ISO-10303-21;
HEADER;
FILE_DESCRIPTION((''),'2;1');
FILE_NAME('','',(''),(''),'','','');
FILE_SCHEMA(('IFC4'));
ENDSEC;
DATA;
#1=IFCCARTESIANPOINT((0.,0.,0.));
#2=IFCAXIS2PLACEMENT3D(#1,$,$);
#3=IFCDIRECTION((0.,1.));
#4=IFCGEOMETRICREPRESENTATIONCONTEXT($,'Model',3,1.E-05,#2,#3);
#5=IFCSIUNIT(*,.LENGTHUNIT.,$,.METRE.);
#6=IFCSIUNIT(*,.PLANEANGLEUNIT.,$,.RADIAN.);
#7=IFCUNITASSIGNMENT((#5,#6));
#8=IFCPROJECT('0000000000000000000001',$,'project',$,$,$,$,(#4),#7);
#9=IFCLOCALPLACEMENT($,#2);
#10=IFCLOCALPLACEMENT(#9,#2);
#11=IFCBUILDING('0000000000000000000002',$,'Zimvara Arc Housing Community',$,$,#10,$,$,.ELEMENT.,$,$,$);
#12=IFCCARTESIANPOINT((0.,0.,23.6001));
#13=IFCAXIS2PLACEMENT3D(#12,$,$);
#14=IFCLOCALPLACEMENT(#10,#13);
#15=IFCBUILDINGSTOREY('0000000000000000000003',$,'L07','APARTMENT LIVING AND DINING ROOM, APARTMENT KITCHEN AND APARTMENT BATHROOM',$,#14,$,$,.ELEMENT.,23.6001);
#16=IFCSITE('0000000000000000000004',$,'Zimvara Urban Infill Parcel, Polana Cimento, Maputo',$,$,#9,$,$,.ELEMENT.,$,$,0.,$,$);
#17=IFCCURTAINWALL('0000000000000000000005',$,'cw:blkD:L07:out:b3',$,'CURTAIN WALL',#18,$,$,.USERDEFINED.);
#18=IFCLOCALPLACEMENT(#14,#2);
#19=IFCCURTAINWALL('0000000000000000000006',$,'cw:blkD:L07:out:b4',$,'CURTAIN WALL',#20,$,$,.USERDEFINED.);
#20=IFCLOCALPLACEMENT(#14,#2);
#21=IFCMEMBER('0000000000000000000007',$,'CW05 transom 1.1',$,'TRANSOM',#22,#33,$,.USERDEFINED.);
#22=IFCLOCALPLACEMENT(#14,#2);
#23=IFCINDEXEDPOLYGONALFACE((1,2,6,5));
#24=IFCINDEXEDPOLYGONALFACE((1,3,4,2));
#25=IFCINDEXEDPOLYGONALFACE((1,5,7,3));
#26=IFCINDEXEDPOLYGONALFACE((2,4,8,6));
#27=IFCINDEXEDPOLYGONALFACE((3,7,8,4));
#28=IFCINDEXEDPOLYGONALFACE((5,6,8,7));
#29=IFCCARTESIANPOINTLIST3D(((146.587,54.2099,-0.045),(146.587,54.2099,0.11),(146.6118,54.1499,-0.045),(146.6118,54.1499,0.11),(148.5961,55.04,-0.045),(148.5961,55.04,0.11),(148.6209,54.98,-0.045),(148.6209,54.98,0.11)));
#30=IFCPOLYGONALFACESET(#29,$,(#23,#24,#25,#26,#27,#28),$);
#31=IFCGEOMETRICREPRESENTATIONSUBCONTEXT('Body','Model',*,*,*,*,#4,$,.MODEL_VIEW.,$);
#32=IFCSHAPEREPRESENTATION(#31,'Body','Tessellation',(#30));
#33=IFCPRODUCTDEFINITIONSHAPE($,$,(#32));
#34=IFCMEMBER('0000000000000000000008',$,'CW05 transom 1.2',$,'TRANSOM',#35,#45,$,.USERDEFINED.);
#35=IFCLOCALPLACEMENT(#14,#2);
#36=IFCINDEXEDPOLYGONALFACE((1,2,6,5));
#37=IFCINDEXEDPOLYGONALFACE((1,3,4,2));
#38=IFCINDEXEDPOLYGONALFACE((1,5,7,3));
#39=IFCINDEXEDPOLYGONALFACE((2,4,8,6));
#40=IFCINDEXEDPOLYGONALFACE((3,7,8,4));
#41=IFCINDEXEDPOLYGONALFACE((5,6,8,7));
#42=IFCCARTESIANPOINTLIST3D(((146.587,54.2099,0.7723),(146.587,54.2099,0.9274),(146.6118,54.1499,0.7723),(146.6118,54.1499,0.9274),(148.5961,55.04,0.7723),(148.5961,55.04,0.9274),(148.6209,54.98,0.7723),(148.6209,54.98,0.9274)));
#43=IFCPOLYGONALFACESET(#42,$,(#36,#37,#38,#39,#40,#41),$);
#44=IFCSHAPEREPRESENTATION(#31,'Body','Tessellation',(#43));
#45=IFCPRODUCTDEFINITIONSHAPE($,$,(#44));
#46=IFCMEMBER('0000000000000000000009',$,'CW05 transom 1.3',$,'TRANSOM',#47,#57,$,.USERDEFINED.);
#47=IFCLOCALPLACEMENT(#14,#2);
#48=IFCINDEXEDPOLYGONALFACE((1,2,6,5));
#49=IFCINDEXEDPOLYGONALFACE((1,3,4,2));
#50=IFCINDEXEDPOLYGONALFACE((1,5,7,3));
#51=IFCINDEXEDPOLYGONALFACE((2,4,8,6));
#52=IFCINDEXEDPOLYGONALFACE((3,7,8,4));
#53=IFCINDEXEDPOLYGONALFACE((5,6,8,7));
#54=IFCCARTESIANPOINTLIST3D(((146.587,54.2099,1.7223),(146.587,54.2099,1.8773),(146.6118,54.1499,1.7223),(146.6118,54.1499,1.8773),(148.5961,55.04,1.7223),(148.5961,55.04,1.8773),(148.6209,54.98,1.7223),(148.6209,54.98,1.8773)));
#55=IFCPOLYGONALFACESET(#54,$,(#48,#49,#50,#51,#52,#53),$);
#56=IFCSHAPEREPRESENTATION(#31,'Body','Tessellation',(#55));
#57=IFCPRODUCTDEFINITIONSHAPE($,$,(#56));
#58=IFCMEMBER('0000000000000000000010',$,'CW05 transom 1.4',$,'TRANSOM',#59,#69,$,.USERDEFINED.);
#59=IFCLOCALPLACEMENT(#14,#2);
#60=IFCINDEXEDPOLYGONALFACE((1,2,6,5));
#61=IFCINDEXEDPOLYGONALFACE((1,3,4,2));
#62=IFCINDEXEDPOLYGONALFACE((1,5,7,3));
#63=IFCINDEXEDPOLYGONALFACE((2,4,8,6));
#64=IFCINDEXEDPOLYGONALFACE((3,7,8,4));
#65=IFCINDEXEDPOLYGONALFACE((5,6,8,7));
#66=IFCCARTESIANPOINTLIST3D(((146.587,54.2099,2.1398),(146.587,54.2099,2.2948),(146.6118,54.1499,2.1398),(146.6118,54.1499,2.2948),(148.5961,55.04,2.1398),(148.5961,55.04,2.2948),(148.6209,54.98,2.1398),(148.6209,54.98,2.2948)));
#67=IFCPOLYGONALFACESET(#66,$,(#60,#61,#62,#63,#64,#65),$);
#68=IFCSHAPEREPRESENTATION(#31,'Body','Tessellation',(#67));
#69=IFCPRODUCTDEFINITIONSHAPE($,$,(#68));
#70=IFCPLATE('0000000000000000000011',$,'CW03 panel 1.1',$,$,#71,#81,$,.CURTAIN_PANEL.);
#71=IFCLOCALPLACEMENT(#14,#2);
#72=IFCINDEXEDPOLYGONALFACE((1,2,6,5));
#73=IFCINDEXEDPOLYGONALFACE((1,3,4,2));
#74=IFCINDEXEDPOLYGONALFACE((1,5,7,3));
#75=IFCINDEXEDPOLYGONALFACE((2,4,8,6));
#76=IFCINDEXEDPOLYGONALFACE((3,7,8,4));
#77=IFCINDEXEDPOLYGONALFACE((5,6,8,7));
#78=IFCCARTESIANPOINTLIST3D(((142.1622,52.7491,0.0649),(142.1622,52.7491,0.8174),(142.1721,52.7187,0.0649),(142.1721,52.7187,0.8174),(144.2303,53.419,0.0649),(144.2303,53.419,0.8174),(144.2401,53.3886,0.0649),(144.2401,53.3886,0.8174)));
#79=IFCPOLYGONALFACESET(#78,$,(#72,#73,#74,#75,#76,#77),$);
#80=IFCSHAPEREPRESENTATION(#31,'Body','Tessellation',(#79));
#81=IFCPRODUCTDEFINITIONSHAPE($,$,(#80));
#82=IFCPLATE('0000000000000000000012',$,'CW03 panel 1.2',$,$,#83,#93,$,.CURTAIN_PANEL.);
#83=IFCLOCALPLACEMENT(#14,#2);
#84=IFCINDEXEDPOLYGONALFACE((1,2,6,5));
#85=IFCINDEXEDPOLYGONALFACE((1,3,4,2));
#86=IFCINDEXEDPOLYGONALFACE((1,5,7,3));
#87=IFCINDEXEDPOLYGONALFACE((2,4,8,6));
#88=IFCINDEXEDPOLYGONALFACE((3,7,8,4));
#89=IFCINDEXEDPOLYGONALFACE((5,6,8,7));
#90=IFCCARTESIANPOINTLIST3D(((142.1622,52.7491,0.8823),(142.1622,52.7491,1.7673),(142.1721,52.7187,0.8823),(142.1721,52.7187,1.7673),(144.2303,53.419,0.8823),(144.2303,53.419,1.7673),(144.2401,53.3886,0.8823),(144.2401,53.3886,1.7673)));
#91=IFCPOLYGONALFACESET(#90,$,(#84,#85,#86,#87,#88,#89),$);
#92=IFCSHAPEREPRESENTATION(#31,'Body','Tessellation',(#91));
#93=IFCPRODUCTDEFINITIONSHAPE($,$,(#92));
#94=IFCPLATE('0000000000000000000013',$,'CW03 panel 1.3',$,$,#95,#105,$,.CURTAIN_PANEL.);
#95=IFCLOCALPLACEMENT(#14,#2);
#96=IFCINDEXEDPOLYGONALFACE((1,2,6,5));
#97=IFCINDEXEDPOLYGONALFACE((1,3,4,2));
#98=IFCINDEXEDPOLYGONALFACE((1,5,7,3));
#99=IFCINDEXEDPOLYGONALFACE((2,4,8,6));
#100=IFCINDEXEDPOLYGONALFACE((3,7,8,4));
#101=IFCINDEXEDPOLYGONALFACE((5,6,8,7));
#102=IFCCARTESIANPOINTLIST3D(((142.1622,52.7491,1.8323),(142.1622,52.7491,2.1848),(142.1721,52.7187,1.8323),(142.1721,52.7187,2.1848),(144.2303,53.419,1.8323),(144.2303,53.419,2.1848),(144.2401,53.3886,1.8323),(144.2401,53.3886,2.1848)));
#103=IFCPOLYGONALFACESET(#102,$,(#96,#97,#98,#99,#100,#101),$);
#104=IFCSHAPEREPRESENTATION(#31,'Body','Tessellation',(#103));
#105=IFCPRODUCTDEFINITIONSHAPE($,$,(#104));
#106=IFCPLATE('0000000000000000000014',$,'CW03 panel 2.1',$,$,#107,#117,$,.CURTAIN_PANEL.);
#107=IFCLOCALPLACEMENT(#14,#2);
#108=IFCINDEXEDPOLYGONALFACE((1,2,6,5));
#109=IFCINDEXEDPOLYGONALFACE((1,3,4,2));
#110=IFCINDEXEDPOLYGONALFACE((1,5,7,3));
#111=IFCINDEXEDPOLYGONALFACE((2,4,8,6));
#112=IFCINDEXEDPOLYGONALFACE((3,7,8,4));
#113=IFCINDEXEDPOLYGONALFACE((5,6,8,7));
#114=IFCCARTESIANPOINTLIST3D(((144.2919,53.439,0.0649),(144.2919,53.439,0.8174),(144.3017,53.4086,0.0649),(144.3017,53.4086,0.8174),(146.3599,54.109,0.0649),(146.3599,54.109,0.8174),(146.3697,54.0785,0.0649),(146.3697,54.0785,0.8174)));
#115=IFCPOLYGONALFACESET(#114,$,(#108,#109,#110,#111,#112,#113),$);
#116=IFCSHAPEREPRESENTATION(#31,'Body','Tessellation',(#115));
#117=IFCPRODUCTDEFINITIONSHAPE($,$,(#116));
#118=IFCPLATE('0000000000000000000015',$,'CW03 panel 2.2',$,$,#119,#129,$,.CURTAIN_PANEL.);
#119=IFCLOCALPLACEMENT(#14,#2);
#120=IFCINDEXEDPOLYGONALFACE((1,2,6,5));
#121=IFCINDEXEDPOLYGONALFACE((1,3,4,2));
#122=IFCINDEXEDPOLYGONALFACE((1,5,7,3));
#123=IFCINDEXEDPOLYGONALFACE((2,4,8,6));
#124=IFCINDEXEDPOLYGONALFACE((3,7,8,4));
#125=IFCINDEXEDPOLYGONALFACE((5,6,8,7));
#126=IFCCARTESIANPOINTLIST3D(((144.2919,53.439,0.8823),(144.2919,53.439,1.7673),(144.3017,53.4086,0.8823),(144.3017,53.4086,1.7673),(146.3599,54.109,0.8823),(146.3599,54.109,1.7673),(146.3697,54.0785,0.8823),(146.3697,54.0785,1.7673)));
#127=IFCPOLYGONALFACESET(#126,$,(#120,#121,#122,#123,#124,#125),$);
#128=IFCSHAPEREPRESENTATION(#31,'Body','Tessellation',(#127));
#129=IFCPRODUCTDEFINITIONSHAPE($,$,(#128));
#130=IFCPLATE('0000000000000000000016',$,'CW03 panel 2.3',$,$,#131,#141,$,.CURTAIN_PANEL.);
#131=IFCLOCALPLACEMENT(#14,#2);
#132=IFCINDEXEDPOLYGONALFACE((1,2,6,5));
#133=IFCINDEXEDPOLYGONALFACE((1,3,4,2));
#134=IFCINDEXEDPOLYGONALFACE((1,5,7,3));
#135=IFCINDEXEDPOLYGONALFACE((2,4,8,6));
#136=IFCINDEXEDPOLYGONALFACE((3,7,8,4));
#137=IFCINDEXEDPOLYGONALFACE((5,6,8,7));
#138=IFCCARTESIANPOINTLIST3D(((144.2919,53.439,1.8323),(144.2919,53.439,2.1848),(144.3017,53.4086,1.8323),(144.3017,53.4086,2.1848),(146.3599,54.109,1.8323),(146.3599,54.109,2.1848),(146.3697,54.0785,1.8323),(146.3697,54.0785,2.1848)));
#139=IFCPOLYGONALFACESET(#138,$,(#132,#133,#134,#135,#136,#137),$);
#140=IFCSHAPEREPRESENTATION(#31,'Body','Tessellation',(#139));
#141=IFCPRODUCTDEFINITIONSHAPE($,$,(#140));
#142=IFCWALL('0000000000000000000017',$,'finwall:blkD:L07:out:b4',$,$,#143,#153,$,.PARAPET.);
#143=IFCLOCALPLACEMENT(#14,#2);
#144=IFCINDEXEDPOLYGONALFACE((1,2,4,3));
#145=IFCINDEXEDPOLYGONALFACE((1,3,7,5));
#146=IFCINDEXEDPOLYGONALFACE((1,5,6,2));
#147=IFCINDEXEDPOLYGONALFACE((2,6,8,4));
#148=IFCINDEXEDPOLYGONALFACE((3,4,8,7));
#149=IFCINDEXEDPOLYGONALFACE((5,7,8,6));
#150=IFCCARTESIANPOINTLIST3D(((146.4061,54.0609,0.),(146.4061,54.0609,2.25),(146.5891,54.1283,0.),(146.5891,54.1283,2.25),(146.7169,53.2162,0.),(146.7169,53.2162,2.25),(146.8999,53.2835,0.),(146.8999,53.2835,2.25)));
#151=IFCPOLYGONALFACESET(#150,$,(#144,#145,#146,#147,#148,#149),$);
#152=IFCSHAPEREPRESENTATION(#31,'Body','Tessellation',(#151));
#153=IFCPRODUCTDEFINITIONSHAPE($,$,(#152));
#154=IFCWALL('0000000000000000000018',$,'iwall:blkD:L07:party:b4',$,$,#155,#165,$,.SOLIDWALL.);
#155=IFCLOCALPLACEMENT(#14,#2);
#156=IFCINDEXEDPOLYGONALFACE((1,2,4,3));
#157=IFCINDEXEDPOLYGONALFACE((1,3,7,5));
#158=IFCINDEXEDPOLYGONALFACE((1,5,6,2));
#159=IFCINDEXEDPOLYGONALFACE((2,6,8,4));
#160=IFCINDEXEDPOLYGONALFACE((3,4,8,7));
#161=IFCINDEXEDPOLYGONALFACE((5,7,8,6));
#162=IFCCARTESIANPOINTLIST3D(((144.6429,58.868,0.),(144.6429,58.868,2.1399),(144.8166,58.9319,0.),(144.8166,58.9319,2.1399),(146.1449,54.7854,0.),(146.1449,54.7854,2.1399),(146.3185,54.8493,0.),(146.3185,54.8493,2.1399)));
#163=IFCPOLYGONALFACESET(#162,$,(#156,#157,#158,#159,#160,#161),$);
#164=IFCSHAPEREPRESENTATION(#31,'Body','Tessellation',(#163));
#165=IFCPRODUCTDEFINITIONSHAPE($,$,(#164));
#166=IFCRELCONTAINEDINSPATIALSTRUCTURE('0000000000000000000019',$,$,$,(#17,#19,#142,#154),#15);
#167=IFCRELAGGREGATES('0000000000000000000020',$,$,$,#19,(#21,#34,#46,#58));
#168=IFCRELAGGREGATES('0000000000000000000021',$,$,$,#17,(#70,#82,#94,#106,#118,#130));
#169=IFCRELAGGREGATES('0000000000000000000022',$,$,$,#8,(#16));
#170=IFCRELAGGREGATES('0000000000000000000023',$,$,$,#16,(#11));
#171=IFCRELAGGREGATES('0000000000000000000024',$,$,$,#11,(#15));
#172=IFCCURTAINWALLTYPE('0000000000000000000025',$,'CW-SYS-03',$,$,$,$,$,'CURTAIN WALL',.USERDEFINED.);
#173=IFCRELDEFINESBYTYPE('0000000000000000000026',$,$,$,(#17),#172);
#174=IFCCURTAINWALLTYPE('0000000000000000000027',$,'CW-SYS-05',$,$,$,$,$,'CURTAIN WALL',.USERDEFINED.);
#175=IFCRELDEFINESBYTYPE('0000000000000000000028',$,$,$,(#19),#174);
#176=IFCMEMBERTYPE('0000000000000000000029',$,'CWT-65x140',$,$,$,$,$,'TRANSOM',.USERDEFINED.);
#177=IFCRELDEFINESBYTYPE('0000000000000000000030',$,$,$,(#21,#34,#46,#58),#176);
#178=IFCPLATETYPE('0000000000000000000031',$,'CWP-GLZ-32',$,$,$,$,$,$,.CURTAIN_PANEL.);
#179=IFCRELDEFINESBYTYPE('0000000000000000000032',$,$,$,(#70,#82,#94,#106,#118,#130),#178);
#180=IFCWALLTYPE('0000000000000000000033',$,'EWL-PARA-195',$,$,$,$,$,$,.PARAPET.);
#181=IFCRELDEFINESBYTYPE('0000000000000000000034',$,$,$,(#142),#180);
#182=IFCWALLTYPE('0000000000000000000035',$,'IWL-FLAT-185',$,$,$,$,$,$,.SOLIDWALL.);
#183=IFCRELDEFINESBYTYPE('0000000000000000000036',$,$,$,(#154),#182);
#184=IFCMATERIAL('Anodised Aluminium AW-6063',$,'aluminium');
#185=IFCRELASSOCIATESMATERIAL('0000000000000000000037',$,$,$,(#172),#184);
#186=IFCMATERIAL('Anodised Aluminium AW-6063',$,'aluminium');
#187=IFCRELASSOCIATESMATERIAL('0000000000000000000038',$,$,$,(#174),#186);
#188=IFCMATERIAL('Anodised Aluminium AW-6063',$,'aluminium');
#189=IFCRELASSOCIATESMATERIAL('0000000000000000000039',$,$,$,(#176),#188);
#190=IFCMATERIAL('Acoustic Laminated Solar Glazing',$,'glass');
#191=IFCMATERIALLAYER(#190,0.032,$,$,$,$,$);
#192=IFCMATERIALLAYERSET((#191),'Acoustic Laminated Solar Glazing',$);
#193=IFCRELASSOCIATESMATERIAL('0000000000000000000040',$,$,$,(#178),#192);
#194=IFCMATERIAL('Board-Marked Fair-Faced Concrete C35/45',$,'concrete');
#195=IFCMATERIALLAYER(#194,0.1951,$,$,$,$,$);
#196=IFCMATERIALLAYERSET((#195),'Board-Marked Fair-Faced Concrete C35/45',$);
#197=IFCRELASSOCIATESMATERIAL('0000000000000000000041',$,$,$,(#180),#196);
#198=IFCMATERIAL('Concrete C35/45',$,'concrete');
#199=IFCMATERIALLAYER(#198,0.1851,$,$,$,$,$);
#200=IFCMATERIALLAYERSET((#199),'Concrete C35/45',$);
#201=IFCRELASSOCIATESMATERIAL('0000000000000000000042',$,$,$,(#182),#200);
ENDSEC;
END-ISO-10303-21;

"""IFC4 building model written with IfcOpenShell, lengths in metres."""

from ifc_helpers import new_model, si_unit, direction, frame, frame_2d, origin, origin_2d, place, context, subcontext, project, spatial, rectangle, extrude, material, layer, layer_set, material_profile, profile_set, type_object, element, aggregate, save


model = new_model("IFC4")

# Units and contexts
model_context = context("Model", 3, precision=1e-05, world=origin(), true_north=direction((0.0, 1.0)))
body_context = subcontext(model_context, "Body", "Model", "MODEL_VIEW")
ifc_project = project(units=[si_unit("LENGTHUNIT", "METRE"), si_unit("PLANEANGLEUNIT", "RADIAN")], contexts=[model_context])

# Site, building, storey
site_placement = place(None, origin())
site = spatial("IfcSite", under=ifc_project, at=site_placement, Name="Zimvara Urban Infill Parcel, Polana Cimento, Maputo", CompositionType="ELEMENT", RefElevation=0.0)
building_placement = place(site_placement, origin())
building = spatial("IfcBuilding", under=site, at=building_placement, Name="Zimvara Arc Housing Community", CompositionType="ELEMENT")
storey_placement = place(building_placement, frame((0.0, 0.0, 23.6001)))
storey = spatial("IfcBuildingStorey", under=building, at=storey_placement, Name="L07", Description="APARTMENT LIVING AND DINING ROOM, APARTMENT KITCHEN AND APARTMENT BATHROOM", CompositionType="ELEMENT", Elevation=23.6001)

# Curtain wall
ifc_material_1 = material(Name="Anodised Aluminium AW-6063", Category="aluminium")
curtain_wall_type_1 = type_object("IfcCurtainWallType", Name="CW-SYS-03", ElementType="CURTAIN WALL", PredefinedType="USERDEFINED", material=ifc_material_1)
curtain_wall_1_placement = place(storey_placement, origin())
curtain_wall_1 = element("IfcCurtainWall", 1, at=curtain_wall_1_placement, inside=storey, type_object=curtain_wall_type_1, Name="cw:blkD:L07:out:b3", ObjectType="CURTAIN WALL", PredefinedType="USERDEFINED")

# Curtain wall
ifc_material_2 = material(Name="Anodised Aluminium AW-6063", Category="aluminium")
curtain_wall_type_2 = type_object("IfcCurtainWallType", Name="CW-SYS-05", ElementType="CURTAIN WALL", PredefinedType="USERDEFINED", material=ifc_material_2)
curtain_wall_2_placement = place(storey_placement, origin())
curtain_wall_2 = element("IfcCurtainWall", 2, at=curtain_wall_2_placement, inside=storey, type_object=curtain_wall_type_2, Name="cw:blkD:L07:out:b4", ObjectType="CURTAIN WALL", PredefinedType="USERDEFINED")

# Members
ifc_material_3 = material(Name="Anodised Aluminium AW-6063", Category="aluminium")
ifc_material_profile_1 = material_profile(ifc_material_3, rectangle(XDim=0.0649, YDim=0.155, at=origin_2d()), Name="ALU 65x155")
ifc_profile_set_1 = profile_set([ifc_material_profile_1], Name="Anodised Aluminium AW-6063")
member_type_1 = type_object("IfcMemberType", Name="CWT-65x140", ElementType="TRANSOM", PredefinedType="USERDEFINED", material=ifc_profile_set_1)
member_1_placement = place(storey_placement, frame((146.5994, 54.1799, 0.0325), z_axis=(0.924219, 0.381862, 0.0), x_axis=(-0.381862, 0.924219, 0.0)))
member_1 = element("IfcMember", 3, at=member_1_placement, type_object=member_type_1, Name="CW05 transom 1.1", ObjectType="TRANSOM", PredefinedType="USERDEFINED", context=body_context, shape_type="SweptSolid", body=[
    extrude(rectangle(XDim=0.0649, YDim=0.155, at=origin_2d()), origin(), (0.0, 0.0, 1.0), 2.1738),
])
member_2_placement = place(storey_placement, frame((146.5994, 54.1799, 0.8499), z_axis=(0.924219, 0.381862, 0.0), x_axis=(-0.381862, 0.924219, 0.0)))
member_2 = element("IfcMember", 4, at=member_2_placement, type_object=member_type_1, Name="CW05 transom 1.2", ObjectType="TRANSOM", PredefinedType="USERDEFINED", context=body_context, shape_type="SweptSolid", body=[
    extrude(rectangle(XDim=0.0649, YDim=0.155, at=origin_2d()), origin(), (0.0, 0.0, 1.0), 2.1738),
])
member_3_placement = place(storey_placement, frame((146.5994, 54.1799, 1.7998), z_axis=(0.924219, 0.381862, 0.0), x_axis=(-0.381862, 0.924219, 0.0)))
member_3 = element("IfcMember", 5, at=member_3_placement, type_object=member_type_1, Name="CW05 transom 1.3", ObjectType="TRANSOM", PredefinedType="USERDEFINED", context=body_context, shape_type="SweptSolid", body=[
    extrude(rectangle(XDim=0.0649, YDim=0.155, at=origin_2d()), origin(), (0.0, 0.0, 1.0), 2.1738),
])
member_4_placement = place(storey_placement, frame((146.5994, 54.1799, 2.2173), z_axis=(0.924219, 0.381862, 0.0), x_axis=(-0.381862, 0.924219, 0.0)))
member_4 = element("IfcMember", 6, at=member_4_placement, type_object=member_type_1, Name="CW05 transom 1.4", ObjectType="TRANSOM", PredefinedType="USERDEFINED", context=body_context, shape_type="SweptSolid", body=[
    extrude(rectangle(XDim=0.0649, YDim=0.155, at=origin_2d()), origin(), (0.0, 0.0, 1.0), 2.1738),
])
aggregate(curtain_wall_2, [member_1, member_2, member_3, member_4])

# Plates
ifc_material_4 = material(Name="Acoustic Laminated Solar Glazing", Category="glass")
ifc_layer_1 = layer(ifc_material_4, 0.032)
ifc_layer_set_1 = layer_set([ifc_layer_1], Name="Acoustic Laminated Solar Glazing")
plate_type = type_object("IfcPlateType", Name="CWP-GLZ-32", PredefinedType="CURTAIN_PANEL", material=ifc_layer_set_1)
plate_1_placement = place(storey_placement, frame((143.2012, 53.0688, 0.0649), z_axis=(0.0, 0.0, 1.0), x_axis=(0.951326, 0.308185, 0.0)))
plate_1 = element("IfcPlate", 7, at=plate_1_placement, type_object=plate_type, Name="CW03 panel 1.1", PredefinedType="CURTAIN_PANEL", context=body_context, shape_type="SweptSolid", body=[
    extrude(rectangle(XDim=2.1738, YDim=0.032, at=origin_2d()), origin(), (0.0, 0.0, 1.0), 0.7524),
])
plate_2_placement = place(storey_placement, frame((143.2012, 53.0688, 0.8823), z_axis=(0.0, 0.0, 1.0), x_axis=(0.951326, 0.308185, 0.0)))
plate_2 = element("IfcPlate", 8, at=plate_2_placement, type_object=plate_type, Name="CW03 panel 1.2", PredefinedType="CURTAIN_PANEL", context=body_context, shape_type="SweptSolid", body=[
    extrude(rectangle(XDim=2.1738, YDim=0.032, at=origin_2d()), origin(), (0.0, 0.0, 1.0), 0.885),
])
plate_3_placement = place(storey_placement, frame((143.2012, 53.0688, 1.8323), z_axis=(0.0, 0.0, 1.0), x_axis=(0.951326, 0.308185, 0.0)))
plate_3 = element("IfcPlate", 9, at=plate_3_placement, type_object=plate_type, Name="CW03 panel 1.3", PredefinedType="CURTAIN_PANEL", context=body_context, shape_type="SweptSolid", body=[
    extrude(rectangle(XDim=2.1738, YDim=0.032, at=origin_2d()), origin(), (0.0, 0.0, 1.0), 0.3525),
])
plate_4_placement = place(storey_placement, frame((145.3308, 53.7588, 0.0649), z_axis=(0.0, 0.0, 1.0), x_axis=(0.951326, 0.308185, 0.0)))
plate_4 = element("IfcPlate", 10, at=plate_4_placement, type_object=plate_type, Name="CW03 panel 2.1", PredefinedType="CURTAIN_PANEL", context=body_context, shape_type="SweptSolid", body=[
    extrude(rectangle(XDim=2.1738, YDim=0.032, at=origin_2d()), origin(), (0.0, 0.0, 1.0), 0.7524),
])
plate_5_placement = place(storey_placement, frame((145.3308, 53.7588, 0.8823), z_axis=(0.0, 0.0, 1.0), x_axis=(0.951326, 0.308185, 0.0)))
plate_5 = element("IfcPlate", 11, at=plate_5_placement, type_object=plate_type, Name="CW03 panel 2.2", PredefinedType="CURTAIN_PANEL", context=body_context, shape_type="SweptSolid", body=[
    extrude(rectangle(XDim=2.1738, YDim=0.032, at=origin_2d()), origin(), (0.0, 0.0, 1.0), 0.885),
])
plate_6_placement = place(storey_placement, frame((145.3308, 53.7588, 1.8323), z_axis=(0.0, 0.0, 1.0), x_axis=(0.951326, 0.308185, 0.0)))
plate_6 = element("IfcPlate", 12, at=plate_6_placement, type_object=plate_type, Name="CW03 panel 2.3", PredefinedType="CURTAIN_PANEL", context=body_context, shape_type="SweptSolid", body=[
    extrude(rectangle(XDim=2.1738, YDim=0.032, at=origin_2d()), origin(), (0.0, 0.0, 1.0), 0.3525),
])
aggregate(curtain_wall_1, [plate_1, plate_2, plate_3, plate_4, plate_5, plate_6])

# Walls
ifc_material_5 = material(Name="Board-Marked Fair-Faced Concrete C35/45", Category="concrete")
ifc_layer_2 = layer(ifc_material_5, 0.1951)
ifc_layer_set_2 = layer_set([ifc_layer_2], Name="Board-Marked Fair-Faced Concrete C35/45")
wall_type_1 = type_object("IfcWallType", Name="EWL-PARA-195", PredefinedType="PARAPET", material=ifc_layer_set_2)
wall_1_placement = place(storey_placement, frame((146.4976, 54.0947, 0.0), z_axis=(0.0, 0.0, 1.0), x_axis=(0.345291, -0.938496, 0.0)))
element("IfcWall", 13, at=wall_1_placement, inside=storey, type_object=wall_type_1, Name="finwall:blkD:L07:out:b4", PredefinedType="PARAPET", context=body_context, shape_type="SweptSolid", body=[
    extrude(rectangle(XDim=0.9001, YDim=0.1951, at=frame_2d((0.4502, 0.0))), origin(), (0.0, 0.0, 1.0), 2.25),
])
ifc_material_6 = material(Name="Concrete C35/45", Category="concrete")
ifc_layer_3 = layer(ifc_material_6, 0.1851)
ifc_layer_set_3 = layer_set([ifc_layer_3], Name="Concrete C35/45")
wall_type_2 = type_object("IfcWallType", Name="IWL-FLAT-185", PredefinedType="SOLIDWALL", material=ifc_layer_set_3)
wall_2_placement = place(storey_placement, frame((144.7297, 58.8999, 0.0), z_axis=(0.0, 0.0, 1.0), x_axis=(0.345274, -0.938502, 0.0)))
element("IfcWall", 14, at=wall_2_placement, inside=storey, type_object=wall_type_2, Name="iwall:blkD:L07:party:b4", PredefinedType="SOLIDWALL", context=body_context, shape_type="SweptSolid", body=[
    extrude(rectangle(XDim=4.3501, YDim=0.1851, at=frame_2d((2.175, 0.0))), origin(), (0.0, 0.0, 1.0), 2.1399),
])

save(model, "model.ifc")
